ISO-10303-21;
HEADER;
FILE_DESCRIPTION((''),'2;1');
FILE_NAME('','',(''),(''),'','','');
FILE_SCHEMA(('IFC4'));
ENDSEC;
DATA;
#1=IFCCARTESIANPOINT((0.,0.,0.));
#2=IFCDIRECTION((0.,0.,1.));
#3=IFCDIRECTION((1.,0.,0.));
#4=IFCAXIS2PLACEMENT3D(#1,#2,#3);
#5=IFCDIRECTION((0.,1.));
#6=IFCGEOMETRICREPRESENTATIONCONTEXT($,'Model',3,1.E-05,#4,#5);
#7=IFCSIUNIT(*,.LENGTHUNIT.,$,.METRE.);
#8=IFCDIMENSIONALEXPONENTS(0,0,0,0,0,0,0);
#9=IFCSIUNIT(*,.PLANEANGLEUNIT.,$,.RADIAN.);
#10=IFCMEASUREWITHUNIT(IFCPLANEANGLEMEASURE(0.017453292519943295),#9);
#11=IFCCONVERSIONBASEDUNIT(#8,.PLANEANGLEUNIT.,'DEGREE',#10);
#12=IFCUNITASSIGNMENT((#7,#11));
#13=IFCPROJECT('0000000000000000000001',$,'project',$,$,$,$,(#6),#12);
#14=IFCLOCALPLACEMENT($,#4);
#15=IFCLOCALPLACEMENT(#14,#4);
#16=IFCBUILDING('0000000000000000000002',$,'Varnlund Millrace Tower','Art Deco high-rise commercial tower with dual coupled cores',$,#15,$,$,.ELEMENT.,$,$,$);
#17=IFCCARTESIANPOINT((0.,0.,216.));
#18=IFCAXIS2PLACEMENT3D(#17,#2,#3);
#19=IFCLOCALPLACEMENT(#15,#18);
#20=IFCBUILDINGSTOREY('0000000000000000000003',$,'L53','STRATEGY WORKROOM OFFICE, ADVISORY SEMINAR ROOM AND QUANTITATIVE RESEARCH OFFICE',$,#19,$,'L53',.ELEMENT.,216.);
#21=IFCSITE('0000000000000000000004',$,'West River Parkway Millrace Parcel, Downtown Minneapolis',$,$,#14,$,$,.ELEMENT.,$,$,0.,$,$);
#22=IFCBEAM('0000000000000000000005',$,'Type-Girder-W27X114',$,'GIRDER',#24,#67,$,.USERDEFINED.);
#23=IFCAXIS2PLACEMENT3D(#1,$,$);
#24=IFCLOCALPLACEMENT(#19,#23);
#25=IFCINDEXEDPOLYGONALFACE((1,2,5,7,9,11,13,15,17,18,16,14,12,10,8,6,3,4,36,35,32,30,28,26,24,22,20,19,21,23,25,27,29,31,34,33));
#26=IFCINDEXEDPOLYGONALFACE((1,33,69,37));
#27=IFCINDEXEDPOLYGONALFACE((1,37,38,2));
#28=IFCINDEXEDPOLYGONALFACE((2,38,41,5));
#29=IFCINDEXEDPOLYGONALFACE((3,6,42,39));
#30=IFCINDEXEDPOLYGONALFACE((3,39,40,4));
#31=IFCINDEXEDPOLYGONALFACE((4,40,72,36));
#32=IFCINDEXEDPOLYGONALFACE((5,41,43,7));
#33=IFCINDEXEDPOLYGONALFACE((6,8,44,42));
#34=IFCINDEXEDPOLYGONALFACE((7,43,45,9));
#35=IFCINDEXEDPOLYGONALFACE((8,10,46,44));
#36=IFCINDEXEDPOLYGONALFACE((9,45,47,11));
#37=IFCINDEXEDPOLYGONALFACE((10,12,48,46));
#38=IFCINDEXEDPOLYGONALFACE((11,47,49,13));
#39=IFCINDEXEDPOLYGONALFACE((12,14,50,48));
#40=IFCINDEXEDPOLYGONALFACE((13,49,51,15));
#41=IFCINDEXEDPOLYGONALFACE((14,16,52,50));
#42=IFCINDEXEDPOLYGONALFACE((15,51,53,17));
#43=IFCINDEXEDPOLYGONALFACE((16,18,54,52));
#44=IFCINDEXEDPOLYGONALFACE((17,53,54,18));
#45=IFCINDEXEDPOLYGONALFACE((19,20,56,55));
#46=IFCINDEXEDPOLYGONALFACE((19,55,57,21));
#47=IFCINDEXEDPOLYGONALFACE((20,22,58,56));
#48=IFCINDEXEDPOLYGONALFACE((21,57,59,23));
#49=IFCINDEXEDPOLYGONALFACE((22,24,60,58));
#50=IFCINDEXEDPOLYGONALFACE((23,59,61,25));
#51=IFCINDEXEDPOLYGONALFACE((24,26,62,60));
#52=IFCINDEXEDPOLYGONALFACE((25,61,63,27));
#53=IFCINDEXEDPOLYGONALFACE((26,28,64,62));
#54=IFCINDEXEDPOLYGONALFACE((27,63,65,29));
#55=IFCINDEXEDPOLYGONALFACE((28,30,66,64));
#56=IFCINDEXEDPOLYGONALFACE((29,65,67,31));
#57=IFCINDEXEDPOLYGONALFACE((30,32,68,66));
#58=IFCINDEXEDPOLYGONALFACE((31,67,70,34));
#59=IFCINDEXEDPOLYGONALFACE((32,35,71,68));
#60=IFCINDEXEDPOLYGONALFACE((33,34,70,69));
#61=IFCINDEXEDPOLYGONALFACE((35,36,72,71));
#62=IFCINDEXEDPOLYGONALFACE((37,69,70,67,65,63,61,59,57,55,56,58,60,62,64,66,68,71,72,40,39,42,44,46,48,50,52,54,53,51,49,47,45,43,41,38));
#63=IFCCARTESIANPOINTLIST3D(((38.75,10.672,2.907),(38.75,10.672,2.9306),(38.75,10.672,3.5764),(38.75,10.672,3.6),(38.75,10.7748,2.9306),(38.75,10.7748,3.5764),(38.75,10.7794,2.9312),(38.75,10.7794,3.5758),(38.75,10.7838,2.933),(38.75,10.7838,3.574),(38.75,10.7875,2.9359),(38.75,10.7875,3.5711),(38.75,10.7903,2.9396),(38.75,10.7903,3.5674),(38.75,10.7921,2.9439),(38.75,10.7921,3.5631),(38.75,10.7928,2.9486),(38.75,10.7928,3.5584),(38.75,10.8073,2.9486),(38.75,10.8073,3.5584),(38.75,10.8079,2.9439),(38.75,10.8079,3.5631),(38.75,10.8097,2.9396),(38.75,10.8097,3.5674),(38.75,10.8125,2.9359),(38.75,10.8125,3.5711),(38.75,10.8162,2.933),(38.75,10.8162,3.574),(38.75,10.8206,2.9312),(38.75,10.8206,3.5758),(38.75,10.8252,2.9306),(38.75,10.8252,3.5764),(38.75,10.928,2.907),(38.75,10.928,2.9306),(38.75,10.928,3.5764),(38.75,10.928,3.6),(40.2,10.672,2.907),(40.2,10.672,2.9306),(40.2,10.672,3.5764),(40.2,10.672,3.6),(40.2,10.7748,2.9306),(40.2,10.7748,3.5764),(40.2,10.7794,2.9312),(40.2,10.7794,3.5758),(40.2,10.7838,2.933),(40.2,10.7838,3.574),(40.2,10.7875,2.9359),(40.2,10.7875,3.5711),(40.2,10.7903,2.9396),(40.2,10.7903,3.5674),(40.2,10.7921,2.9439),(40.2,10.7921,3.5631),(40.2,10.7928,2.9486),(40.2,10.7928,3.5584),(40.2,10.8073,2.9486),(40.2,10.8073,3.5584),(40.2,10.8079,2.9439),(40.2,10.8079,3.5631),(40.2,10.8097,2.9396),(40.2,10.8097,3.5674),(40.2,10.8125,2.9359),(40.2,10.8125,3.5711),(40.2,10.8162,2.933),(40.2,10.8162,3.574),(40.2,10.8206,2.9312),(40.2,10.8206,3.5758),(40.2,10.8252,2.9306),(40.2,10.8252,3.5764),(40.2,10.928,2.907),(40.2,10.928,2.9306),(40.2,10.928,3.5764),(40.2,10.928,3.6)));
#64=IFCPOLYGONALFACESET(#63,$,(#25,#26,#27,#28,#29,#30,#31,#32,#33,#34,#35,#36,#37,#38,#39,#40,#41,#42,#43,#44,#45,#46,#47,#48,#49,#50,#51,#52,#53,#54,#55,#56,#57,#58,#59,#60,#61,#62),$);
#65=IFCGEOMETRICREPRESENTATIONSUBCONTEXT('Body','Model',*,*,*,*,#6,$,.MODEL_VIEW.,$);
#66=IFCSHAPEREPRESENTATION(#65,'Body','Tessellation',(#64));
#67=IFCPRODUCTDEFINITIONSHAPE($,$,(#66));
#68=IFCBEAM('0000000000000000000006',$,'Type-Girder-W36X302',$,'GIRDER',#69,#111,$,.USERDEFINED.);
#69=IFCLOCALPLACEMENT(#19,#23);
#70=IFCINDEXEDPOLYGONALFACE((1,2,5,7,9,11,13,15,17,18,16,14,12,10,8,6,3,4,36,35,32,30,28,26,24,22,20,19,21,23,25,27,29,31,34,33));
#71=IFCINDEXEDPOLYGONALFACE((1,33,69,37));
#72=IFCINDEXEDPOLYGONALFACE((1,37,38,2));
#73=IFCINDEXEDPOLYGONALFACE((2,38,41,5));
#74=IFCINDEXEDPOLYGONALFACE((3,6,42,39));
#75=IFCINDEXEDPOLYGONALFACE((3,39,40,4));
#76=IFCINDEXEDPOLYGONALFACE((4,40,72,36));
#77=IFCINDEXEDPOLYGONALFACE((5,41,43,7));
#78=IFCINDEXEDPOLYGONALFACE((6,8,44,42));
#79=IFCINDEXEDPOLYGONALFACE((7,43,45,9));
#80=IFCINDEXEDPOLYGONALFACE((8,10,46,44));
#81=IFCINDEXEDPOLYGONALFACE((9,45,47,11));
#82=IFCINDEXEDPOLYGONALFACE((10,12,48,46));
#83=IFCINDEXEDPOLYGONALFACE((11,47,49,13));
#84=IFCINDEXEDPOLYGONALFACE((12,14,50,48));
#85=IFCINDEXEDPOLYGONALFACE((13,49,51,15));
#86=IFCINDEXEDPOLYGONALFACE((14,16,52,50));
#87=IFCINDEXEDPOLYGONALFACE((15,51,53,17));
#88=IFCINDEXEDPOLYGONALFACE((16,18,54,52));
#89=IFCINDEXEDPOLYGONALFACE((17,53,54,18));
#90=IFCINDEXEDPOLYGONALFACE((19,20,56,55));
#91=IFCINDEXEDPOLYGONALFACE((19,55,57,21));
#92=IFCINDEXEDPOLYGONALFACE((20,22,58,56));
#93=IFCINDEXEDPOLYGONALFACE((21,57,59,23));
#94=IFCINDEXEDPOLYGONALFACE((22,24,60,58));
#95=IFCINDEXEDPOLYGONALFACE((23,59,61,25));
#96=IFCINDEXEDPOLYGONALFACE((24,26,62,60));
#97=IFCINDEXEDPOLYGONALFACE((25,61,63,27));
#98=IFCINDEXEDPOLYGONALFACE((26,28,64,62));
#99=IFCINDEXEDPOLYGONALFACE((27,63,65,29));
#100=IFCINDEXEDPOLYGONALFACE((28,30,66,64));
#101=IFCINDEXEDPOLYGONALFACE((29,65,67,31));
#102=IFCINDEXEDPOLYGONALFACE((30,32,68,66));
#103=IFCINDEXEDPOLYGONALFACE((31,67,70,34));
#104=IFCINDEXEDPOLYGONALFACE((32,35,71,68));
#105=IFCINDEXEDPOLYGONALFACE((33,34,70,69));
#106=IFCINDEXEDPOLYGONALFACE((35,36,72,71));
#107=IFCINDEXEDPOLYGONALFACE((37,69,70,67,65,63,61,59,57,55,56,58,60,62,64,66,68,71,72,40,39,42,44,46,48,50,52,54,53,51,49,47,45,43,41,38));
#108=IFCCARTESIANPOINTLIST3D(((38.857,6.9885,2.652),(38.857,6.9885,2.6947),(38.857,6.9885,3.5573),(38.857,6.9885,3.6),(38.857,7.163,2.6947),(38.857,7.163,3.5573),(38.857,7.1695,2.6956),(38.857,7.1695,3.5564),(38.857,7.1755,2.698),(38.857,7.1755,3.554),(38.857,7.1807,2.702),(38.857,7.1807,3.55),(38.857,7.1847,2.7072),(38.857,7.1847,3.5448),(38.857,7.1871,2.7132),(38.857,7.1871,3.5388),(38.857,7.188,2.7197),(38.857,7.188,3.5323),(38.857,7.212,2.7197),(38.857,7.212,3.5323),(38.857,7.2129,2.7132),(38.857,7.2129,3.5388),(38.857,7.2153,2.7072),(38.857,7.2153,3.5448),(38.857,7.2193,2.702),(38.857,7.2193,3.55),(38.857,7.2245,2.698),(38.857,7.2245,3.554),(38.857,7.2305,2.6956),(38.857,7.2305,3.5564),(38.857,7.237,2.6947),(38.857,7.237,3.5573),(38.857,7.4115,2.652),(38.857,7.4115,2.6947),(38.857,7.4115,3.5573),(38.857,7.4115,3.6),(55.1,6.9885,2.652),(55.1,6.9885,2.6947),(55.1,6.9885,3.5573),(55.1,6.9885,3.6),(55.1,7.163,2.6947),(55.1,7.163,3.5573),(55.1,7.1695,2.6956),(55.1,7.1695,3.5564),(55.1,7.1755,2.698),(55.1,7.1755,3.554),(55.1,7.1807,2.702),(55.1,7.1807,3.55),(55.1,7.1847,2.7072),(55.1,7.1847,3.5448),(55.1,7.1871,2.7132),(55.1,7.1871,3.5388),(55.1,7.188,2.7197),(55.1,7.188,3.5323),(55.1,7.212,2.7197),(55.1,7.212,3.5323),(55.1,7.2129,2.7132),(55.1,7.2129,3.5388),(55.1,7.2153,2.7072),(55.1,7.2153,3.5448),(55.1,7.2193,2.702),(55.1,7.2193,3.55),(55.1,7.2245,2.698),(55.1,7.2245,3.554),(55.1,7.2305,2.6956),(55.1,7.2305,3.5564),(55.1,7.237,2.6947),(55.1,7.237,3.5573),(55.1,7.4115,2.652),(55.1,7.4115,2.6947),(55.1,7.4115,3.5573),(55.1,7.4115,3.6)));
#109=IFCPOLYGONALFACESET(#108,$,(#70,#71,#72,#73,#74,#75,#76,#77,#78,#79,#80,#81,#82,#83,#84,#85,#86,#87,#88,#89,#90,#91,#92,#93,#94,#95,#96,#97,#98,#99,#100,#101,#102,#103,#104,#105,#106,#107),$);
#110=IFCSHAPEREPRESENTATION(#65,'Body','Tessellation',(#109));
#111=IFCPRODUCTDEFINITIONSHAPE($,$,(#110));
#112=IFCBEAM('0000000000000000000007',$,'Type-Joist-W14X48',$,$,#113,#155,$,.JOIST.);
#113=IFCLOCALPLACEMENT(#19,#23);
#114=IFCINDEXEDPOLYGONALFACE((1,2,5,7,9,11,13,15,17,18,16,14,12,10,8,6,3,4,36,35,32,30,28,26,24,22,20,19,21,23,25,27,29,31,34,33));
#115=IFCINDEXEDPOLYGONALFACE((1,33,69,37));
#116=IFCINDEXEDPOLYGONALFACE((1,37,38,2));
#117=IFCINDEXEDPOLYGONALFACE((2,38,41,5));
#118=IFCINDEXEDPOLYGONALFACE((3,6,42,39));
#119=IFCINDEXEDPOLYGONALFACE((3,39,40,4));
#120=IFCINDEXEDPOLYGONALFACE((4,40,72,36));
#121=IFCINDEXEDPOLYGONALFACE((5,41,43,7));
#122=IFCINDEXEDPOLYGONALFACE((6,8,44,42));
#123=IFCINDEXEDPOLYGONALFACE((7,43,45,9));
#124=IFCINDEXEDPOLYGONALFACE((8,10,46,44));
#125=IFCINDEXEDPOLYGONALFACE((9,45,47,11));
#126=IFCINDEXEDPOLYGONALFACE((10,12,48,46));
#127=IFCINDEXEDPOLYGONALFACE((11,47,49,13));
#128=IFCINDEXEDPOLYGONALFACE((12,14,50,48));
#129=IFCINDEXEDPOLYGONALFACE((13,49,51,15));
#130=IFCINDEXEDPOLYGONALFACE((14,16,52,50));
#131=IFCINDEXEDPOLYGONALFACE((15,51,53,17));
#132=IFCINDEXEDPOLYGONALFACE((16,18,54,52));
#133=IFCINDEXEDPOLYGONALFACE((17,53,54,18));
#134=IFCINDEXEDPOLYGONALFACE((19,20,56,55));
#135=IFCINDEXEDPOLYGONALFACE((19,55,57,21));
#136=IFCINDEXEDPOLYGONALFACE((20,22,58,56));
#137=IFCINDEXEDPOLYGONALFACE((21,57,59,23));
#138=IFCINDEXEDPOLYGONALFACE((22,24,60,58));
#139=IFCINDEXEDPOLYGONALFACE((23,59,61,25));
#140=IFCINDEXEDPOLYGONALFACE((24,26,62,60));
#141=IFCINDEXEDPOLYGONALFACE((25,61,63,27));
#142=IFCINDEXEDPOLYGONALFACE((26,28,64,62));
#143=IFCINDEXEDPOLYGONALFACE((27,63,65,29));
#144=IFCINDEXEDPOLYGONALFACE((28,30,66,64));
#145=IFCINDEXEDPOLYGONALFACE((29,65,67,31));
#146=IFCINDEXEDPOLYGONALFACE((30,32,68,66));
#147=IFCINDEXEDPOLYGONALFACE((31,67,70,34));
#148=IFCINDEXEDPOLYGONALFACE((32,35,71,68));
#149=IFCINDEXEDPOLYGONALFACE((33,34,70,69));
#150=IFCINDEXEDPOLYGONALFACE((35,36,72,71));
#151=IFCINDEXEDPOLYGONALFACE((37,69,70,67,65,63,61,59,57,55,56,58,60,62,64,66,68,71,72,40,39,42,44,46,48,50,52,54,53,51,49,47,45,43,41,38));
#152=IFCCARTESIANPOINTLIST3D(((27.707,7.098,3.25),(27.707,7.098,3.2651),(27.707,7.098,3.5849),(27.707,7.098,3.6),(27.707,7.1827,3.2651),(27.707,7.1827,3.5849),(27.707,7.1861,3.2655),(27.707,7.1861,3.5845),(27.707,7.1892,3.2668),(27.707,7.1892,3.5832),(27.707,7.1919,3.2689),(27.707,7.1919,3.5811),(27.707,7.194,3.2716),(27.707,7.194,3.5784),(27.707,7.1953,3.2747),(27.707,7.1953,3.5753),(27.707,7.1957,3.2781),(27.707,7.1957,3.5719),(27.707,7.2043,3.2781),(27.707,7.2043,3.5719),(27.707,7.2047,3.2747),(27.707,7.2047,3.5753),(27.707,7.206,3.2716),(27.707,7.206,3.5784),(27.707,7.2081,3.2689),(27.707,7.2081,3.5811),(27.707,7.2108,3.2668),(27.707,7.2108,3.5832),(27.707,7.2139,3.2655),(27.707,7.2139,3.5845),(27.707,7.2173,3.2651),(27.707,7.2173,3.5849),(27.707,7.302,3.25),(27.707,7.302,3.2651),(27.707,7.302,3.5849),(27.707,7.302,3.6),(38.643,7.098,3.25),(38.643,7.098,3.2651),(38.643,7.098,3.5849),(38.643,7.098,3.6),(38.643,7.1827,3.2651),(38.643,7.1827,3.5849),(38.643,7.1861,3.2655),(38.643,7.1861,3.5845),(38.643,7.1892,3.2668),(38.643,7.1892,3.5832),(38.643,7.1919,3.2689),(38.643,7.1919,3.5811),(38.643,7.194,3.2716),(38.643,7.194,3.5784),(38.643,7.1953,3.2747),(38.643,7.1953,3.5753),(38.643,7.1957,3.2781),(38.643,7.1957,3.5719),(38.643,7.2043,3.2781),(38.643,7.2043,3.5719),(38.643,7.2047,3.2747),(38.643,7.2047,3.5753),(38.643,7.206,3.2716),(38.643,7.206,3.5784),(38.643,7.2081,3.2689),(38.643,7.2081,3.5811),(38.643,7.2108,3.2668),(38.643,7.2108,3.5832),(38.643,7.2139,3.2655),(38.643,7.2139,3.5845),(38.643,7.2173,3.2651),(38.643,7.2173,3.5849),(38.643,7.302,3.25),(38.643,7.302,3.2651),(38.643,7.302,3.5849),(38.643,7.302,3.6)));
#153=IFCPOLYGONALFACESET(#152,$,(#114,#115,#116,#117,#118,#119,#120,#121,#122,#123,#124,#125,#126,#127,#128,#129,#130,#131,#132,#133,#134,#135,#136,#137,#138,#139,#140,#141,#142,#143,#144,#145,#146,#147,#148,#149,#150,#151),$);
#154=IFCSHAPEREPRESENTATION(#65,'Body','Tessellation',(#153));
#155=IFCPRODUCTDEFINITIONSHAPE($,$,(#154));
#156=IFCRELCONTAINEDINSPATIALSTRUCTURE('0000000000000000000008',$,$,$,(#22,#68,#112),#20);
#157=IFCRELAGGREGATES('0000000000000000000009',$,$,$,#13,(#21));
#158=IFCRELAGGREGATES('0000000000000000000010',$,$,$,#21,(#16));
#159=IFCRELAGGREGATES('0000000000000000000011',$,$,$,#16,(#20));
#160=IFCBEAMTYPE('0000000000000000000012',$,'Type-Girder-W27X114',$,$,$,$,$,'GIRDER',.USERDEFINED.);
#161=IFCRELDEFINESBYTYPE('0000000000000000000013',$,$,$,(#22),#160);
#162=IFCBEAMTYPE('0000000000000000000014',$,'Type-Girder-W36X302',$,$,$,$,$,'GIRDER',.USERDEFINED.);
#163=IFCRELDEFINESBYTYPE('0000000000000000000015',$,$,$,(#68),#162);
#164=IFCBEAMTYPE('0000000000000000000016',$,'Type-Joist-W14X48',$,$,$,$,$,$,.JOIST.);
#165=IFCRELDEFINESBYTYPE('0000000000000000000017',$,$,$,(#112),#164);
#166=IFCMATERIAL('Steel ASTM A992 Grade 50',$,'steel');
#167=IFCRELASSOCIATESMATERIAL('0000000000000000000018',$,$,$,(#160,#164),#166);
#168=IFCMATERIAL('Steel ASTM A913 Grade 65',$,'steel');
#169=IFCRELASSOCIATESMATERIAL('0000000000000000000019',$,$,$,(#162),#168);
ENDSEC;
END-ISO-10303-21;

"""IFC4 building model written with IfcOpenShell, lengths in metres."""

from ifc_helpers import new_model, entity, si_unit, converted_unit, direction, frame, origin_with_axes, origin_2d_with_axis, place, context, subcontext, project, spatial, i_section, extrude, material, material_profile, profile_set, type_object, element, save


model = new_model("IFC4")

# Units and contexts
model_context = context("Model", 3, precision=1e-05, world=origin_with_axes(), true_north=direction((0.0, 1.0)))
body_context = subcontext(model_context, "Body", "Model", "MODEL_VIEW")
ifc_project = project(units=[si_unit("LENGTHUNIT", "METRE"), converted_unit("PLANEANGLEUNIT", "DEGREE", entity("IfcPlaneAngleMeasure", 0.017453292519943295), si_unit("PLANEANGLEUNIT", "RADIAN"), dimensions=[0, 0, 0, 0, 0, 0, 0])], contexts=[model_context])

# Site, building, storey
site_placement = place(None, origin_with_axes())
site = spatial("IfcSite", under=ifc_project, at=site_placement, Name="West River Parkway Millrace Parcel, Downtown Minneapolis", CompositionType="ELEMENT", RefElevation=0.0)
building_placement = place(site_placement, origin_with_axes())
building = spatial("IfcBuilding", under=site, at=building_placement, Name="Varnlund Millrace Tower", Description="Art Deco high-rise commercial tower with dual coupled cores", CompositionType="ELEMENT")
storey_placement = place(building_placement, frame((0.0, 0.0, 216.0), z_axis=(0.0, 0.0, 1.0), x_axis=(1.0, 0.0, 0.0)))
storey = spatial("IfcBuildingStorey", under=building, at=storey_placement, Name="L53", Description="STRATEGY WORKROOM OFFICE, ADVISORY SEMINAR ROOM AND QUANTITATIVE RESEARCH OFFICE", LongName="L53", CompositionType="ELEMENT", Elevation=216.0)

# Beams
ifc_material_1 = material(Name="Steel ASTM A992 Grade 50", Category="steel")
ifc_material_profile_1 = material_profile(ifc_material_1, i_section(OverallWidth=0.256, OverallDepth=0.693, WebThickness=0.0145, FlangeThickness=0.0236, FilletRadius=0.018, at=origin_2d_with_axis()), Name="Steel ASTM A992 Grade 50")
ifc_profile_set_1 = profile_set([ifc_material_profile_1], Name="Steel ASTM A992 Grade 50")
beam_type_1 = type_object("IfcBeamType", Name="Type-Girder-W27X114", ElementType="GIRDER", PredefinedType="USERDEFINED", material=ifc_profile_set_1)
beam_1_placement = place(storey_placement, frame((38.75, 10.8, 3.2535), z_axis=(1.0, 0.0, 0.0), x_axis=(0.0, 1.0, 0.0)))
element("IfcBeam", 1, at=beam_1_placement, inside=storey, type_object=beam_type_1, Name="Type-Girder-W27X114", ObjectType="GIRDER", PredefinedType="USERDEFINED", context=body_context, shape_type="SweptSolid", body=[
    extrude(i_section(OverallWidth=0.256, OverallDepth=0.693, WebThickness=0.0145, FlangeThickness=0.0236, FilletRadius=0.018, at=origin_2d_with_axis()), origin_with_axes(), (0.0, 0.0, 1.0), 1.45),
])
ifc_material_2 = material(Name="Steel ASTM A913 Grade 65", Category="steel")
ifc_material_profile_2 = material_profile(ifc_material_2, i_section(OverallWidth=0.423, OverallDepth=0.948, WebThickness=0.024, FlangeThickness=0.0427, FilletRadius=0.025, at=origin_2d_with_axis()), Name="Steel ASTM A913 Grade 65")
ifc_profile_set_2 = profile_set([ifc_material_profile_2], Name="Steel ASTM A913 Grade 65")
beam_type_2 = type_object("IfcBeamType", Name="Type-Girder-W36X302", ElementType="GIRDER", PredefinedType="USERDEFINED", material=ifc_profile_set_2)
beam_2_placement = place(storey_placement, frame((38.857, 7.2, 3.126), z_axis=(1.0, 0.0, 0.0), x_axis=(0.0, 1.0, 0.0)))
element("IfcBeam", 2, at=beam_2_placement, inside=storey, type_object=beam_type_2, Name="Type-Girder-W36X302", ObjectType="GIRDER", PredefinedType="USERDEFINED", context=body_context, shape_type="SweptSolid", body=[
    extrude(i_section(OverallWidth=0.423, OverallDepth=0.948, WebThickness=0.024, FlangeThickness=0.0427, FilletRadius=0.025, at=origin_2d_with_axis()), origin_with_axes(), (0.0, 0.0, 1.0), 16.243),
])
ifc_material_profile_3 = material_profile(ifc_material_1, i_section(OverallWidth=0.204, OverallDepth=0.35, WebThickness=0.0086, FlangeThickness=0.0151, FilletRadius=0.013, at=origin_2d_with_axis()), Name="Steel ASTM A992 Grade 50")
ifc_profile_set_3 = profile_set([ifc_material_profile_3], Name="Steel ASTM A992 Grade 50")
beam_type_3 = type_object("IfcBeamType", Name="Type-Joist-W14X48", PredefinedType="JOIST", material=ifc_profile_set_3)
for number, where, z_axis, x_axis, name in (
    (3, (27.707, 7.2, 3.425), (1.0, 0.0, 0.0), (0.0, 1.0, 0.0), "Type-Joist-W14X48"),
):
    element("IfcBeam", number, at=place(storey_placement, frame(where, z_axis=z_axis, x_axis=x_axis)), inside=storey, type_object=beam_type_3, Name=name, PredefinedType="JOIST", context=body_context, shape_type="SweptSolid", body=[
        extrude(i_section(OverallWidth=0.204, OverallDepth=0.35, WebThickness=0.0086, FlangeThickness=0.0151, FilletRadius=0.013, at=origin_2d_with_axis()), origin_with_axes(), (0.0, 0.0, 1.0), 10.936),
    ])

save(model, "model.ifc")
